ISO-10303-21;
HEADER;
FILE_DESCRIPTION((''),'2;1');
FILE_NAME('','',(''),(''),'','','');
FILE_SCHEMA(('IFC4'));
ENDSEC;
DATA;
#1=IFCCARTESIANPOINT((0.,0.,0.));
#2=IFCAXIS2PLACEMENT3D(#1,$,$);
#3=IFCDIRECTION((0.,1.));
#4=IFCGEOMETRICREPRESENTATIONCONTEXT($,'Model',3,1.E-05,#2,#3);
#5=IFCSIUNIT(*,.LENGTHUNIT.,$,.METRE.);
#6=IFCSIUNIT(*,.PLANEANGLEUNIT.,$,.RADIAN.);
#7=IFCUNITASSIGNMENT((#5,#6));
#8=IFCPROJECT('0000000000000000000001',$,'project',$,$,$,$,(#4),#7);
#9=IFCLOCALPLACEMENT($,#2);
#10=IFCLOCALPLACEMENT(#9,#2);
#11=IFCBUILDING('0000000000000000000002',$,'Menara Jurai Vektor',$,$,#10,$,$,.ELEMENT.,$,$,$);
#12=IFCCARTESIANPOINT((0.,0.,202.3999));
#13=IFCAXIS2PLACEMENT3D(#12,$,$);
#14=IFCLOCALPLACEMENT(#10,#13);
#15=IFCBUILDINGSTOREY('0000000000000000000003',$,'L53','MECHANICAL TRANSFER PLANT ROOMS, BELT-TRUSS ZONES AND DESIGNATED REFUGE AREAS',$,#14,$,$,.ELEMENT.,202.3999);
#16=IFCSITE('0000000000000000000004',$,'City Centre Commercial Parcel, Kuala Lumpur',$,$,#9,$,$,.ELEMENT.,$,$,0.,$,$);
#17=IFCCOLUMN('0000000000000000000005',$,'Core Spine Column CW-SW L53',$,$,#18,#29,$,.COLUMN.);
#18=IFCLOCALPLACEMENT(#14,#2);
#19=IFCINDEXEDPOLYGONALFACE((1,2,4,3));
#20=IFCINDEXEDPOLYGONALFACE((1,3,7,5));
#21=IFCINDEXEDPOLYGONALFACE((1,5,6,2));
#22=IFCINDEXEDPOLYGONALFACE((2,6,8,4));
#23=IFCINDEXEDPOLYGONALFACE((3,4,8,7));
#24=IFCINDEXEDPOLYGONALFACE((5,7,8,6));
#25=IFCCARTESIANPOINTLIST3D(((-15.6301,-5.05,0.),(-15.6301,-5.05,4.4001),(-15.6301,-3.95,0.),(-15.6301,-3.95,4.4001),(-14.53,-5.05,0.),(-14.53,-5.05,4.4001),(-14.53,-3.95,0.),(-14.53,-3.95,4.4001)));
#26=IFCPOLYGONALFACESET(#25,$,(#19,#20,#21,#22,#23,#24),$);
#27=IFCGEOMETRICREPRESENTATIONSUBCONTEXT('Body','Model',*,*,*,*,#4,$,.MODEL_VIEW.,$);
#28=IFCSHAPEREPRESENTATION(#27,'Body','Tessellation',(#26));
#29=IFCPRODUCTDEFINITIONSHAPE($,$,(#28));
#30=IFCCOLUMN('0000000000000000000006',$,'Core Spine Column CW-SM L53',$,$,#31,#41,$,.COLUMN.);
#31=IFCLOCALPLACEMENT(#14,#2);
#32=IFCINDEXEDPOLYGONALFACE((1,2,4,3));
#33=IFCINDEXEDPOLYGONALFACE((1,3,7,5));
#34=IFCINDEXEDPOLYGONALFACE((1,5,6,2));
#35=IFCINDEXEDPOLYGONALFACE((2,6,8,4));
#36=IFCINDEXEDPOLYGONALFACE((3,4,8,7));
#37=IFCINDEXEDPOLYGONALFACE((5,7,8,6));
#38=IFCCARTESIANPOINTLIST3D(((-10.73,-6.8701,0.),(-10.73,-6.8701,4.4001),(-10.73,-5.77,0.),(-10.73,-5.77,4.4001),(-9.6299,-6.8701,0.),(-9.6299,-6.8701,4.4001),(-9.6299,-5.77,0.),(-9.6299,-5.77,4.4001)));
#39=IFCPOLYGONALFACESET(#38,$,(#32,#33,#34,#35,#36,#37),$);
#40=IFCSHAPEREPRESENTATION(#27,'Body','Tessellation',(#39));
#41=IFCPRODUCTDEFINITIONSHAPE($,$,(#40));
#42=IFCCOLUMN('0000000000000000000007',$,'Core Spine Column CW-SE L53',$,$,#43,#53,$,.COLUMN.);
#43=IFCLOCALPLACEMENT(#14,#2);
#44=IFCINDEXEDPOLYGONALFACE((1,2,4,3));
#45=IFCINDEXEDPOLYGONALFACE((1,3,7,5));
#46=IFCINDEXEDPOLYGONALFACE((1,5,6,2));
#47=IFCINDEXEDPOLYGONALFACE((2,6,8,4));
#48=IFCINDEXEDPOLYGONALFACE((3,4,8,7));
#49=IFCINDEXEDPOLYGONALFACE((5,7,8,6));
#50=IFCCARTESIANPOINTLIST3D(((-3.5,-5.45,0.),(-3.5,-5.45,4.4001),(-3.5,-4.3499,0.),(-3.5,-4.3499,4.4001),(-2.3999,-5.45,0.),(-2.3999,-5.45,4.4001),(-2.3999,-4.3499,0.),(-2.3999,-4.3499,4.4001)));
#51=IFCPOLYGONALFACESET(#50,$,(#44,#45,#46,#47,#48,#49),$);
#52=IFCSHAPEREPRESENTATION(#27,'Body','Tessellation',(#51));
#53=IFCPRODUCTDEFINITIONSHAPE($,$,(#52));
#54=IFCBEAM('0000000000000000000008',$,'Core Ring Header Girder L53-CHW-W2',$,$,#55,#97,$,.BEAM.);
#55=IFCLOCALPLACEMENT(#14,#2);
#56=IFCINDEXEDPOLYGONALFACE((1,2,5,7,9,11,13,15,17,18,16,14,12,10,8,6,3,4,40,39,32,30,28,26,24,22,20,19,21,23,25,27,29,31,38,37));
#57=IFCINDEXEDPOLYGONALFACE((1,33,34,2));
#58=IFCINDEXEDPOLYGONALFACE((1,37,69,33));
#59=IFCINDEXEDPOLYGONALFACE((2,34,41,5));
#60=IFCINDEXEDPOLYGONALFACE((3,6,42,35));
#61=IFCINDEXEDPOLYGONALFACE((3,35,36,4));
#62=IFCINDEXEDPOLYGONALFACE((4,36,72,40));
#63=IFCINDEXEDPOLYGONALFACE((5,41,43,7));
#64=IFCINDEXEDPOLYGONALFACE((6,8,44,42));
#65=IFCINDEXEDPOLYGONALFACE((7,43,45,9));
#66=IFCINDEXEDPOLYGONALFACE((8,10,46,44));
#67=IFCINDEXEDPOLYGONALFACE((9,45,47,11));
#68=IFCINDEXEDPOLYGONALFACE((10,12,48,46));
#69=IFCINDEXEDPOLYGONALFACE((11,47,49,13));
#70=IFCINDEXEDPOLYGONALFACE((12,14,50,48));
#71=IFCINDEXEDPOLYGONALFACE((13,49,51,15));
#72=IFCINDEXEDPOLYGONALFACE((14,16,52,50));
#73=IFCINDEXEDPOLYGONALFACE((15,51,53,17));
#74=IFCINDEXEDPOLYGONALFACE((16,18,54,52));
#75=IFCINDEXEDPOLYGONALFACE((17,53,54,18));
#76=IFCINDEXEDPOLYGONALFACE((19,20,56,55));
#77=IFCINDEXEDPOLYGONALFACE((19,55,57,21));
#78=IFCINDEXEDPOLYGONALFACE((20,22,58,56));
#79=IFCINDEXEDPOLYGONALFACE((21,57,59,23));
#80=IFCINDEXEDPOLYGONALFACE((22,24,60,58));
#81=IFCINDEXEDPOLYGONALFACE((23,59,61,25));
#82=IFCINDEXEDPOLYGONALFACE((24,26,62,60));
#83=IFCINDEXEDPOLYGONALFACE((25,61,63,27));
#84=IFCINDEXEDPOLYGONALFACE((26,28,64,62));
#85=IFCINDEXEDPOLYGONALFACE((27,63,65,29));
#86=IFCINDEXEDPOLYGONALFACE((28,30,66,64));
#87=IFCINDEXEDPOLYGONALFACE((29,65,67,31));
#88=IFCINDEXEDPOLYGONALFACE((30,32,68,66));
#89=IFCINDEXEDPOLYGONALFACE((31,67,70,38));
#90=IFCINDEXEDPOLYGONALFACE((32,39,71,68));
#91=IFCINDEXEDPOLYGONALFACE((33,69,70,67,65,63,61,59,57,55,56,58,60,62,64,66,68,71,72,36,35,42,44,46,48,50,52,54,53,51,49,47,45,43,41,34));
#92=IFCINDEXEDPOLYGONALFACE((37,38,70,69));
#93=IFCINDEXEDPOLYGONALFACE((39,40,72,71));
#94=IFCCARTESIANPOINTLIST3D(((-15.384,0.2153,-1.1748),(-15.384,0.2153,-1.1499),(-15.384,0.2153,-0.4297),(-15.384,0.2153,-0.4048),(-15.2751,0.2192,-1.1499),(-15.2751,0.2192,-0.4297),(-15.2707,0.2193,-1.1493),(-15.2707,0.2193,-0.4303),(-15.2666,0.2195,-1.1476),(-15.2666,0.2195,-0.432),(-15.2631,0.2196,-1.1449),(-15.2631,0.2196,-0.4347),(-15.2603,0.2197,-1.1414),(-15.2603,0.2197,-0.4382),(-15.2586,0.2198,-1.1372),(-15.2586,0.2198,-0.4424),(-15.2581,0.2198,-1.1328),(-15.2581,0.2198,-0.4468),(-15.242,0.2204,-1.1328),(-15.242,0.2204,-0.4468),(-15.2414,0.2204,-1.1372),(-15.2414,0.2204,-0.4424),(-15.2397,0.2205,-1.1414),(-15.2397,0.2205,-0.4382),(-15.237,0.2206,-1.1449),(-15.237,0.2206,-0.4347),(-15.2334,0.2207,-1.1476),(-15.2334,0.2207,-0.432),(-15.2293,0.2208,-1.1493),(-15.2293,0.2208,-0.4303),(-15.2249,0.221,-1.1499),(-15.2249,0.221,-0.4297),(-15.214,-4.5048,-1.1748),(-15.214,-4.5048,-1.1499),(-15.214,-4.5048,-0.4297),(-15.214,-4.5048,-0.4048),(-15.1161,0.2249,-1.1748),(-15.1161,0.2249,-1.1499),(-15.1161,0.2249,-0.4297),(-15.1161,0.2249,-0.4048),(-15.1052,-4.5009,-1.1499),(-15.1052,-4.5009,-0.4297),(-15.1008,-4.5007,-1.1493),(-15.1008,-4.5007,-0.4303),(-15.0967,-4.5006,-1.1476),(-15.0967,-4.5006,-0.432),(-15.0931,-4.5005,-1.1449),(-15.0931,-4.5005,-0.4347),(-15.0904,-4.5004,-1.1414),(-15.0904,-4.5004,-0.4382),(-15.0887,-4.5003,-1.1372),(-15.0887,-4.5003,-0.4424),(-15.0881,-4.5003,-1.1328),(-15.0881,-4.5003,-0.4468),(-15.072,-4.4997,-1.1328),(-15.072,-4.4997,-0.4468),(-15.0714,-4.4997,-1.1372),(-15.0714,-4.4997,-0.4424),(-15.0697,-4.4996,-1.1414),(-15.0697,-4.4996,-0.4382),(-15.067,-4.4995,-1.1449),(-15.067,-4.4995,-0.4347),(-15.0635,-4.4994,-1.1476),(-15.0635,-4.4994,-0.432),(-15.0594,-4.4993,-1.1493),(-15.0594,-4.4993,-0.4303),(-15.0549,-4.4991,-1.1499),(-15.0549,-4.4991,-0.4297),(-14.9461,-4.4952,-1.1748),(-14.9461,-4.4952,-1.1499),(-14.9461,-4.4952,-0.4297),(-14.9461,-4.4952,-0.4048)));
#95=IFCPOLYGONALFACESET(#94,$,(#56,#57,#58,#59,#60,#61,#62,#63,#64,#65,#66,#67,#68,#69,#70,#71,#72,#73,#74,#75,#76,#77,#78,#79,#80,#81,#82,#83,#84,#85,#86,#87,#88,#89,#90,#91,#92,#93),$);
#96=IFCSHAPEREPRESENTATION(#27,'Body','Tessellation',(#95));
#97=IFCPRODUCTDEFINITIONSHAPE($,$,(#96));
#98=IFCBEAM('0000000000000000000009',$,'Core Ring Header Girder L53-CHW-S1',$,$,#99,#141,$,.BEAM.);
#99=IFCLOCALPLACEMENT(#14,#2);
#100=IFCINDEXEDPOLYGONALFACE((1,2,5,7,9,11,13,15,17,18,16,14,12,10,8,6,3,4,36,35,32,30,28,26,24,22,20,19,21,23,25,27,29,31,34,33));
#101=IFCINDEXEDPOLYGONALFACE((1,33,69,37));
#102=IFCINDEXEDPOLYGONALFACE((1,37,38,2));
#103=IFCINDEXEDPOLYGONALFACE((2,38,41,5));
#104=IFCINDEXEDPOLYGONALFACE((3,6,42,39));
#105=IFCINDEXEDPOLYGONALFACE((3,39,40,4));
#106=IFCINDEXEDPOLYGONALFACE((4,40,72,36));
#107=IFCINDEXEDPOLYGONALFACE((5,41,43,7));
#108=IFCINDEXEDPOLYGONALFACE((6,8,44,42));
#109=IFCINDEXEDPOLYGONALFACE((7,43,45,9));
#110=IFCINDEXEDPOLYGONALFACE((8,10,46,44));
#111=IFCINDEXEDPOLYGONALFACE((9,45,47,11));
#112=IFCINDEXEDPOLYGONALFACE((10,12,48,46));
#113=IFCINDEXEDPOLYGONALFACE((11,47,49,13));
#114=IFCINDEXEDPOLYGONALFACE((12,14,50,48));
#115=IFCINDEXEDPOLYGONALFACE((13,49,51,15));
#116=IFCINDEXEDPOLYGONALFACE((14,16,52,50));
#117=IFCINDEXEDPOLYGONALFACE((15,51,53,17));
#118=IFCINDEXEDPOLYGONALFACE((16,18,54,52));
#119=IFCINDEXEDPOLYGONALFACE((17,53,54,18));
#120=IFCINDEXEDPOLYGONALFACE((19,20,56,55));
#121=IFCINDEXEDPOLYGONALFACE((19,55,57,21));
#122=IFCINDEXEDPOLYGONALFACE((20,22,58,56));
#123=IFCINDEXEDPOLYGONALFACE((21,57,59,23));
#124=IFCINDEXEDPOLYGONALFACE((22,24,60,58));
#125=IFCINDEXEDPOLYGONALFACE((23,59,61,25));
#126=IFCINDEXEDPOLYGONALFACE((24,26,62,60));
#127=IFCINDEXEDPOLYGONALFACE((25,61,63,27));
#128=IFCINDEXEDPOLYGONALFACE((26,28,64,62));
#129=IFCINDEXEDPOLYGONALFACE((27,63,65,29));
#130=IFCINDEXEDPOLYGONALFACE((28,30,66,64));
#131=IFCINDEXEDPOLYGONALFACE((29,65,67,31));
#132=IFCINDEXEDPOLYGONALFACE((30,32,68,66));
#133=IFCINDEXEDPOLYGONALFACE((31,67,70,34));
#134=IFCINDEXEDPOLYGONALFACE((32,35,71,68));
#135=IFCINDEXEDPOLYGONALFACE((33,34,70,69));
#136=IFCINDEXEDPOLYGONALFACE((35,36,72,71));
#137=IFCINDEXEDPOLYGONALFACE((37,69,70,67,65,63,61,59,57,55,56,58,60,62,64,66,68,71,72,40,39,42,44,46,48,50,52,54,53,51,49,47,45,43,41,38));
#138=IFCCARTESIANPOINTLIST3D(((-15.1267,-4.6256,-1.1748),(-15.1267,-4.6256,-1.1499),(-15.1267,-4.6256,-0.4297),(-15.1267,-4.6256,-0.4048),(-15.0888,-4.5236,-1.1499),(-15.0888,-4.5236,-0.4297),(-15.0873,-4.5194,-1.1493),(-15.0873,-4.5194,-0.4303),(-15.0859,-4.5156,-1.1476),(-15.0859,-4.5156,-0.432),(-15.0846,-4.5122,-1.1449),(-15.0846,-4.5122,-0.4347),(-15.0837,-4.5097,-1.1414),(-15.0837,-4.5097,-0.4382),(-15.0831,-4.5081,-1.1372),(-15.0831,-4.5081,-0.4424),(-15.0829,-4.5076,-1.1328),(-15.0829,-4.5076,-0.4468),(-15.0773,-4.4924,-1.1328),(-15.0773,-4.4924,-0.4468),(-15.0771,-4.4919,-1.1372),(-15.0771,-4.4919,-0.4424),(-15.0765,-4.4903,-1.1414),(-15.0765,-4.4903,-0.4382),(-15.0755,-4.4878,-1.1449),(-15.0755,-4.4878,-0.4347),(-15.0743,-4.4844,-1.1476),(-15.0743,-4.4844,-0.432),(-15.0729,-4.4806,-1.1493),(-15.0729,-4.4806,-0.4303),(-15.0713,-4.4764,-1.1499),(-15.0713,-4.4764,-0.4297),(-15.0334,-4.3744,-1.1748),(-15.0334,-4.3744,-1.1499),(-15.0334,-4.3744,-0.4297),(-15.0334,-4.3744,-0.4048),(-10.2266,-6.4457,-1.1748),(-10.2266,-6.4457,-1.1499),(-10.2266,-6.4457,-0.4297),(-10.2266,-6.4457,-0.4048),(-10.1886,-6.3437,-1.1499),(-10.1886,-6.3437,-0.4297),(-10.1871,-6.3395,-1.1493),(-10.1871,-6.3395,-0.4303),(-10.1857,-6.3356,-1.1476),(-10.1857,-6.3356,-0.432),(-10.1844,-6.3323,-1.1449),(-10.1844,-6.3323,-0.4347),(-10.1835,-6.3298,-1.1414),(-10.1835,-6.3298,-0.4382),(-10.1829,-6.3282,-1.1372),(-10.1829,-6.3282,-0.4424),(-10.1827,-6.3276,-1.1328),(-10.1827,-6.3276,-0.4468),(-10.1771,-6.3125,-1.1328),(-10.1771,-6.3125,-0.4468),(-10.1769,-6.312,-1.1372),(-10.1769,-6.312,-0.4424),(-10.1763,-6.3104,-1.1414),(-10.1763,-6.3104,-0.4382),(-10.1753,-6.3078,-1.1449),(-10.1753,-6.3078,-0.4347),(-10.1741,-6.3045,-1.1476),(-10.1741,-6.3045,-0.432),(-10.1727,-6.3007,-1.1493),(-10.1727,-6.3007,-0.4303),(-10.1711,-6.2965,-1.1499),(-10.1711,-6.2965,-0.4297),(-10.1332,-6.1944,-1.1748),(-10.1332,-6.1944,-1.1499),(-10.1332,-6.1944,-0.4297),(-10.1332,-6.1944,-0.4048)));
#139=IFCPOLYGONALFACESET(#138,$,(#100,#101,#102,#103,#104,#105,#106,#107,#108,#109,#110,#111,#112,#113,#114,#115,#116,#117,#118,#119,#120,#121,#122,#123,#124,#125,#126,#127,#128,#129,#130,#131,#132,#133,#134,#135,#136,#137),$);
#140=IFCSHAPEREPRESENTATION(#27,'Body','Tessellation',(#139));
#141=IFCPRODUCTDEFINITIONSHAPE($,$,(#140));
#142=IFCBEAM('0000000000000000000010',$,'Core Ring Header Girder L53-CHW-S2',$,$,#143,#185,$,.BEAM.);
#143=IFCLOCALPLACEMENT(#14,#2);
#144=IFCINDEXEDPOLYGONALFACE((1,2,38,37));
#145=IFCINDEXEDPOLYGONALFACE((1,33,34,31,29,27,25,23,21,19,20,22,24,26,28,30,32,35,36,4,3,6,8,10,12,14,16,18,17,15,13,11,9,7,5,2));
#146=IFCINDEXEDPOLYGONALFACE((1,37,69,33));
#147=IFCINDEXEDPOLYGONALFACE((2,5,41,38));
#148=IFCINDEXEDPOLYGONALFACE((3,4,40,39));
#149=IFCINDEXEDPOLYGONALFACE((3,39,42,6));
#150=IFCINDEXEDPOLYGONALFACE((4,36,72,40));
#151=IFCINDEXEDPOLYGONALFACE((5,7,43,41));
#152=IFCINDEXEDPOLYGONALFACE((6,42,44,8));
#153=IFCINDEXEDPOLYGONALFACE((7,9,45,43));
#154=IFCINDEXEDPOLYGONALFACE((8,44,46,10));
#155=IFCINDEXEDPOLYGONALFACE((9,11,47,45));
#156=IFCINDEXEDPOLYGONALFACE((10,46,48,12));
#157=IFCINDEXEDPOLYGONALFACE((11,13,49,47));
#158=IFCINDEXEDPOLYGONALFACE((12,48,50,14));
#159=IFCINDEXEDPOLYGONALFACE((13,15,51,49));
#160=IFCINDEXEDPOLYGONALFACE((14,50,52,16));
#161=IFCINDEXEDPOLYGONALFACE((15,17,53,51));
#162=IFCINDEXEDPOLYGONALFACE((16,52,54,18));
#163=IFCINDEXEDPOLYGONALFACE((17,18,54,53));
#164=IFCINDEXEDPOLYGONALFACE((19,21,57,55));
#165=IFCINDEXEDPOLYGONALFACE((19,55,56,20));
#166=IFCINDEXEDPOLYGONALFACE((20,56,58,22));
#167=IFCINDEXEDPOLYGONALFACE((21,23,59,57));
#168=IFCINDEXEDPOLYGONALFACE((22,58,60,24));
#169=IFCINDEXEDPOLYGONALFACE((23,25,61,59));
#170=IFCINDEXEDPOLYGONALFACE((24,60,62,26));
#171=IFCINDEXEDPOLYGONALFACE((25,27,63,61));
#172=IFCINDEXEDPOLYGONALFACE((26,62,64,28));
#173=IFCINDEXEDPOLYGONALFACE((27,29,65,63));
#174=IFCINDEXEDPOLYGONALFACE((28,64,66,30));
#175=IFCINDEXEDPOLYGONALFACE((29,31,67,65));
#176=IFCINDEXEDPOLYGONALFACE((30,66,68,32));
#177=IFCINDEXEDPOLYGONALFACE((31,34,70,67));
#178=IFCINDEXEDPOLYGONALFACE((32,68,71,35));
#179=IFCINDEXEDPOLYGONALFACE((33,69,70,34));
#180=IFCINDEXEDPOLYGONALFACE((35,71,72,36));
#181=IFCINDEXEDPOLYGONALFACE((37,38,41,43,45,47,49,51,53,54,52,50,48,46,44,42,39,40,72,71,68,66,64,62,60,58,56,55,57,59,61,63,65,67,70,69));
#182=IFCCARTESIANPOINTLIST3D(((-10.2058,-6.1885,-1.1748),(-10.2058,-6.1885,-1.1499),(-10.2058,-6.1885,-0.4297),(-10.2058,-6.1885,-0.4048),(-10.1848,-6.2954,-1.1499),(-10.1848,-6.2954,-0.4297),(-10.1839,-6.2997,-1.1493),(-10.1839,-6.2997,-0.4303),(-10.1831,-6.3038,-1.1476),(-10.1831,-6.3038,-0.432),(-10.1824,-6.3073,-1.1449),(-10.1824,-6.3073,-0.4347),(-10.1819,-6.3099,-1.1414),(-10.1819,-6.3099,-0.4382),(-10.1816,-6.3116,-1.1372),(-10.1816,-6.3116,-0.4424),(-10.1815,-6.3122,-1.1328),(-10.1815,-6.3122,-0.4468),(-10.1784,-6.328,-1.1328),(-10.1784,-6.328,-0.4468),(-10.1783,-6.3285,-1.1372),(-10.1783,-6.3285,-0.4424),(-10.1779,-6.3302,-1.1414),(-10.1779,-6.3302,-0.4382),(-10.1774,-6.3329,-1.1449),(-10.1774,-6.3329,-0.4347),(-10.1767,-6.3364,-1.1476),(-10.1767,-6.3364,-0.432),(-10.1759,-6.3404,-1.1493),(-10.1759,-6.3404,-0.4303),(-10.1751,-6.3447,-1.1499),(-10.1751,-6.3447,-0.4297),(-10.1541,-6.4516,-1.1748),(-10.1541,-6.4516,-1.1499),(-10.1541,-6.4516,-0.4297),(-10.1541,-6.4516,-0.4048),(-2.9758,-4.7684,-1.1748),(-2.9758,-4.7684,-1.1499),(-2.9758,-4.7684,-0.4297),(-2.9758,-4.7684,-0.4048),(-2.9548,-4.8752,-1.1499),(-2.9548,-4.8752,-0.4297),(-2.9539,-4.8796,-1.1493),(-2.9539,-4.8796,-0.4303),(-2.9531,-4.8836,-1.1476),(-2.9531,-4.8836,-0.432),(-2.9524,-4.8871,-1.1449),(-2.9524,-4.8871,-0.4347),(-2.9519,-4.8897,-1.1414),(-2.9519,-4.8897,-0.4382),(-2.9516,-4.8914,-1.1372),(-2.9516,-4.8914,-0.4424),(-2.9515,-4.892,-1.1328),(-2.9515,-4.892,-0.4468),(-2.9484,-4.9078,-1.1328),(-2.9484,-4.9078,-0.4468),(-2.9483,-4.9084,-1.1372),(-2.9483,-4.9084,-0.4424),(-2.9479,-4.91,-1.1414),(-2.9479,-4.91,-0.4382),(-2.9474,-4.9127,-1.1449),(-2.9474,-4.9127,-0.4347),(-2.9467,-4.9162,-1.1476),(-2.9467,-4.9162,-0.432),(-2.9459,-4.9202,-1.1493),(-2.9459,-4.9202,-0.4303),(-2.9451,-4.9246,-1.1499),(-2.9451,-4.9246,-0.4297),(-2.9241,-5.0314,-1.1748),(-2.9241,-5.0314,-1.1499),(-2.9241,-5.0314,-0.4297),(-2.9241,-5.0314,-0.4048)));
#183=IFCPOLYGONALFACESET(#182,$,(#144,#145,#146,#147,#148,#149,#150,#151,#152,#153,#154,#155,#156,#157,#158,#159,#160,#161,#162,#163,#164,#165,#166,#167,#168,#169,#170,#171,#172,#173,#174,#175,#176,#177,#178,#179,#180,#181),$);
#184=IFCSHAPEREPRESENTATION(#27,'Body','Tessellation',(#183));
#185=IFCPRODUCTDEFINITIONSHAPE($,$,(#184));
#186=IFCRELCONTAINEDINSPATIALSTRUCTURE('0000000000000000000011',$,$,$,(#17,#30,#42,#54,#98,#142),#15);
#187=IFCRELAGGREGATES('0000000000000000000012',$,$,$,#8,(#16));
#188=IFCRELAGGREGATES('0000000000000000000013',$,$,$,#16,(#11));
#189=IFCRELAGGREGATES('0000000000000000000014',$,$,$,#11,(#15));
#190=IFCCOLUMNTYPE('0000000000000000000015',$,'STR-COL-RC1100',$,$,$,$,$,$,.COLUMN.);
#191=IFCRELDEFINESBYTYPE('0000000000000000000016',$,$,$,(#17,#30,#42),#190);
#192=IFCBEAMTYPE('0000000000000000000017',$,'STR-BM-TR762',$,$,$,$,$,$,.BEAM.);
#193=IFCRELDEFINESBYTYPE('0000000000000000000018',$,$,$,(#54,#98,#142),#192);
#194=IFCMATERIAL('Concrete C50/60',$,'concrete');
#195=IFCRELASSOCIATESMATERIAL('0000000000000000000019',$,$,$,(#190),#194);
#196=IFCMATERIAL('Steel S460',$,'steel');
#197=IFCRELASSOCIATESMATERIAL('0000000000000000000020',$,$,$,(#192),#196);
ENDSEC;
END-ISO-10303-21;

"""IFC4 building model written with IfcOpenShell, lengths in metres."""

from ifc_helpers import new_model, si_unit, direction, frame, origin, origin_2d, place, context, subcontext, project, spatial, rectangle, i_section, extrude, material, material_profile, profile_set, type_object, element, save


model = new_model("IFC4")

# Units and contexts
model_context = context("Model", 3, precision=1e-05, world=origin(), true_north=direction((0.0, 1.0)))
body_context = subcontext(model_context, "Body", "Model", "MODEL_VIEW")
ifc_project = project(units=[si_unit("LENGTHUNIT", "METRE"), si_unit("PLANEANGLEUNIT", "RADIAN")], contexts=[model_context])

# Site, building, storey
site_placement = place(None, origin())
site = spatial("IfcSite", under=ifc_project, at=site_placement, Name="City Centre Commercial Parcel, Kuala Lumpur", CompositionType="ELEMENT", RefElevation=0.0)
building_placement = place(site_placement, origin())
building = spatial("IfcBuilding", under=site, at=building_placement, Name="Menara Jurai Vektor", CompositionType="ELEMENT")
storey_placement = place(building_placement, frame((0.0, 0.0, 202.3999)))
storey = spatial("IfcBuildingStorey", under=building, at=storey_placement, Name="L53", Description="MECHANICAL TRANSFER PLANT ROOMS, BELT-TRUSS ZONES AND DESIGNATED REFUGE AREAS", CompositionType="ELEMENT", Elevation=202.3999)

# Columns
ifc_material_1 = material(Name="Concrete C50/60", Category="concrete")
ifc_material_profile_1 = material_profile(ifc_material_1, rectangle(XDim=1.1001, YDim=1.1001, at=origin_2d()), Name="RC 1100x1100")
ifc_profile_set_1 = profile_set([ifc_material_profile_1], Name="Concrete C50/60")
column_type = type_object("IfcColumnType", Name="STR-COL-RC1100", PredefinedType="COLUMN", material=ifc_profile_set_1)
for number, where, z_axis, x_axis, name in (
    (1, (-15.0801, -4.5, 0.0), (0.0, 0.0, 1.0), (1.0, 0.0, 0.0), "Core Spine Column CW-SW L53"),
    (2, (-10.1799, -6.3201, 0.0), (0.0, 0.0, 1.0), (1.0, 0.0, 0.0), "Core Spine Column CW-SM L53"),
    (3, (-2.95, -4.8999, 0.0), (0.0, 0.0, 1.0), (1.0, 0.0, 0.0), "Core Spine Column CW-SE L53"),
):
    element("IfcColumn", number, at=place(storey_placement, frame(where, z_axis=z_axis, x_axis=x_axis)), inside=storey, type_object=column_type, Name=name, PredefinedType="COLUMN", context=body_context, shape_type="SweptSolid", body=[
        extrude(rectangle(XDim=1.1001, YDim=1.1001, at=origin_2d()), origin(), (0.0, 0.0, 1.0), 4.4001),
    ])

# Beams
ifc_material_2 = material(Name="Steel S460", Category="steel")
ifc_material_profile_2 = material_profile(ifc_material_2, i_section(OverallWidth=0.2681, OverallDepth=0.77, WebThickness=0.0161, FlangeThickness=0.0249, FilletRadius=0.0171, at=origin_2d()), Name="UKB 762x267x197")
ifc_profile_set_2 = profile_set([ifc_material_profile_2], Name="Steel S460")
beam_type = type_object("IfcBeamType", Name="STR-BM-TR762", PredefinedType="BEAM", material=ifc_profile_set_2)
beam_1_placement = place(storey_placement, frame((-15.0801, -4.5, -0.7898), z_axis=(-0.035977, 0.999353, 0.0), x_axis=(-0.999353, -0.035977, 0.0)))
element("IfcBeam", 4, at=beam_1_placement, inside=storey, type_object=beam_type, Name="Core Ring Header Girder L53-CHW-W2", PredefinedType="BEAM", context=body_context, shape_type="SweptSolid", body=[
    extrude(i_section(OverallWidth=0.2681, OverallDepth=0.77, WebThickness=0.0161, FlangeThickness=0.0249, FilletRadius=0.0171, at=origin_2d()), origin(), (0.0, 0.0, 1.0), 4.7231),
])
beam_2_placement = place(storey_placement, frame((-15.0801, -4.5, -0.7898), z_axis=(0.937424, -0.348189, 0.0), x_axis=(0.348189, 0.937424, 0.0)))
element("IfcBeam", 5, at=beam_2_placement, inside=storey, type_object=beam_type, Name="Core Ring Header Girder L53-CHW-S1", PredefinedType="BEAM", context=body_context, shape_type="SweptSolid", body=[
    extrude(i_section(OverallWidth=0.2681, OverallDepth=0.77, WebThickness=0.0161, FlangeThickness=0.0249, FilletRadius=0.0171, at=origin_2d()), origin(), (0.0, 0.0, 1.0), 5.2273),
])
beam_3_placement = place(storey_placement, frame((-10.1799, -6.3201, -0.7898), z_axis=(0.981249, 0.192744, 0.0), x_axis=(-0.192744, 0.981249, 0.0)))
element("IfcBeam", 6, at=beam_3_placement, inside=storey, type_object=beam_type, Name="Core Ring Header Girder L53-CHW-S2", PredefinedType="BEAM", context=body_context, shape_type="SweptSolid", body=[
    extrude(i_section(OverallWidth=0.2681, OverallDepth=0.77, WebThickness=0.0161, FlangeThickness=0.0249, FilletRadius=0.0171, at=origin_2d()), origin(), (0.0, 0.0, 1.0), 7.3682),
])

save(model, "model.ifc")
